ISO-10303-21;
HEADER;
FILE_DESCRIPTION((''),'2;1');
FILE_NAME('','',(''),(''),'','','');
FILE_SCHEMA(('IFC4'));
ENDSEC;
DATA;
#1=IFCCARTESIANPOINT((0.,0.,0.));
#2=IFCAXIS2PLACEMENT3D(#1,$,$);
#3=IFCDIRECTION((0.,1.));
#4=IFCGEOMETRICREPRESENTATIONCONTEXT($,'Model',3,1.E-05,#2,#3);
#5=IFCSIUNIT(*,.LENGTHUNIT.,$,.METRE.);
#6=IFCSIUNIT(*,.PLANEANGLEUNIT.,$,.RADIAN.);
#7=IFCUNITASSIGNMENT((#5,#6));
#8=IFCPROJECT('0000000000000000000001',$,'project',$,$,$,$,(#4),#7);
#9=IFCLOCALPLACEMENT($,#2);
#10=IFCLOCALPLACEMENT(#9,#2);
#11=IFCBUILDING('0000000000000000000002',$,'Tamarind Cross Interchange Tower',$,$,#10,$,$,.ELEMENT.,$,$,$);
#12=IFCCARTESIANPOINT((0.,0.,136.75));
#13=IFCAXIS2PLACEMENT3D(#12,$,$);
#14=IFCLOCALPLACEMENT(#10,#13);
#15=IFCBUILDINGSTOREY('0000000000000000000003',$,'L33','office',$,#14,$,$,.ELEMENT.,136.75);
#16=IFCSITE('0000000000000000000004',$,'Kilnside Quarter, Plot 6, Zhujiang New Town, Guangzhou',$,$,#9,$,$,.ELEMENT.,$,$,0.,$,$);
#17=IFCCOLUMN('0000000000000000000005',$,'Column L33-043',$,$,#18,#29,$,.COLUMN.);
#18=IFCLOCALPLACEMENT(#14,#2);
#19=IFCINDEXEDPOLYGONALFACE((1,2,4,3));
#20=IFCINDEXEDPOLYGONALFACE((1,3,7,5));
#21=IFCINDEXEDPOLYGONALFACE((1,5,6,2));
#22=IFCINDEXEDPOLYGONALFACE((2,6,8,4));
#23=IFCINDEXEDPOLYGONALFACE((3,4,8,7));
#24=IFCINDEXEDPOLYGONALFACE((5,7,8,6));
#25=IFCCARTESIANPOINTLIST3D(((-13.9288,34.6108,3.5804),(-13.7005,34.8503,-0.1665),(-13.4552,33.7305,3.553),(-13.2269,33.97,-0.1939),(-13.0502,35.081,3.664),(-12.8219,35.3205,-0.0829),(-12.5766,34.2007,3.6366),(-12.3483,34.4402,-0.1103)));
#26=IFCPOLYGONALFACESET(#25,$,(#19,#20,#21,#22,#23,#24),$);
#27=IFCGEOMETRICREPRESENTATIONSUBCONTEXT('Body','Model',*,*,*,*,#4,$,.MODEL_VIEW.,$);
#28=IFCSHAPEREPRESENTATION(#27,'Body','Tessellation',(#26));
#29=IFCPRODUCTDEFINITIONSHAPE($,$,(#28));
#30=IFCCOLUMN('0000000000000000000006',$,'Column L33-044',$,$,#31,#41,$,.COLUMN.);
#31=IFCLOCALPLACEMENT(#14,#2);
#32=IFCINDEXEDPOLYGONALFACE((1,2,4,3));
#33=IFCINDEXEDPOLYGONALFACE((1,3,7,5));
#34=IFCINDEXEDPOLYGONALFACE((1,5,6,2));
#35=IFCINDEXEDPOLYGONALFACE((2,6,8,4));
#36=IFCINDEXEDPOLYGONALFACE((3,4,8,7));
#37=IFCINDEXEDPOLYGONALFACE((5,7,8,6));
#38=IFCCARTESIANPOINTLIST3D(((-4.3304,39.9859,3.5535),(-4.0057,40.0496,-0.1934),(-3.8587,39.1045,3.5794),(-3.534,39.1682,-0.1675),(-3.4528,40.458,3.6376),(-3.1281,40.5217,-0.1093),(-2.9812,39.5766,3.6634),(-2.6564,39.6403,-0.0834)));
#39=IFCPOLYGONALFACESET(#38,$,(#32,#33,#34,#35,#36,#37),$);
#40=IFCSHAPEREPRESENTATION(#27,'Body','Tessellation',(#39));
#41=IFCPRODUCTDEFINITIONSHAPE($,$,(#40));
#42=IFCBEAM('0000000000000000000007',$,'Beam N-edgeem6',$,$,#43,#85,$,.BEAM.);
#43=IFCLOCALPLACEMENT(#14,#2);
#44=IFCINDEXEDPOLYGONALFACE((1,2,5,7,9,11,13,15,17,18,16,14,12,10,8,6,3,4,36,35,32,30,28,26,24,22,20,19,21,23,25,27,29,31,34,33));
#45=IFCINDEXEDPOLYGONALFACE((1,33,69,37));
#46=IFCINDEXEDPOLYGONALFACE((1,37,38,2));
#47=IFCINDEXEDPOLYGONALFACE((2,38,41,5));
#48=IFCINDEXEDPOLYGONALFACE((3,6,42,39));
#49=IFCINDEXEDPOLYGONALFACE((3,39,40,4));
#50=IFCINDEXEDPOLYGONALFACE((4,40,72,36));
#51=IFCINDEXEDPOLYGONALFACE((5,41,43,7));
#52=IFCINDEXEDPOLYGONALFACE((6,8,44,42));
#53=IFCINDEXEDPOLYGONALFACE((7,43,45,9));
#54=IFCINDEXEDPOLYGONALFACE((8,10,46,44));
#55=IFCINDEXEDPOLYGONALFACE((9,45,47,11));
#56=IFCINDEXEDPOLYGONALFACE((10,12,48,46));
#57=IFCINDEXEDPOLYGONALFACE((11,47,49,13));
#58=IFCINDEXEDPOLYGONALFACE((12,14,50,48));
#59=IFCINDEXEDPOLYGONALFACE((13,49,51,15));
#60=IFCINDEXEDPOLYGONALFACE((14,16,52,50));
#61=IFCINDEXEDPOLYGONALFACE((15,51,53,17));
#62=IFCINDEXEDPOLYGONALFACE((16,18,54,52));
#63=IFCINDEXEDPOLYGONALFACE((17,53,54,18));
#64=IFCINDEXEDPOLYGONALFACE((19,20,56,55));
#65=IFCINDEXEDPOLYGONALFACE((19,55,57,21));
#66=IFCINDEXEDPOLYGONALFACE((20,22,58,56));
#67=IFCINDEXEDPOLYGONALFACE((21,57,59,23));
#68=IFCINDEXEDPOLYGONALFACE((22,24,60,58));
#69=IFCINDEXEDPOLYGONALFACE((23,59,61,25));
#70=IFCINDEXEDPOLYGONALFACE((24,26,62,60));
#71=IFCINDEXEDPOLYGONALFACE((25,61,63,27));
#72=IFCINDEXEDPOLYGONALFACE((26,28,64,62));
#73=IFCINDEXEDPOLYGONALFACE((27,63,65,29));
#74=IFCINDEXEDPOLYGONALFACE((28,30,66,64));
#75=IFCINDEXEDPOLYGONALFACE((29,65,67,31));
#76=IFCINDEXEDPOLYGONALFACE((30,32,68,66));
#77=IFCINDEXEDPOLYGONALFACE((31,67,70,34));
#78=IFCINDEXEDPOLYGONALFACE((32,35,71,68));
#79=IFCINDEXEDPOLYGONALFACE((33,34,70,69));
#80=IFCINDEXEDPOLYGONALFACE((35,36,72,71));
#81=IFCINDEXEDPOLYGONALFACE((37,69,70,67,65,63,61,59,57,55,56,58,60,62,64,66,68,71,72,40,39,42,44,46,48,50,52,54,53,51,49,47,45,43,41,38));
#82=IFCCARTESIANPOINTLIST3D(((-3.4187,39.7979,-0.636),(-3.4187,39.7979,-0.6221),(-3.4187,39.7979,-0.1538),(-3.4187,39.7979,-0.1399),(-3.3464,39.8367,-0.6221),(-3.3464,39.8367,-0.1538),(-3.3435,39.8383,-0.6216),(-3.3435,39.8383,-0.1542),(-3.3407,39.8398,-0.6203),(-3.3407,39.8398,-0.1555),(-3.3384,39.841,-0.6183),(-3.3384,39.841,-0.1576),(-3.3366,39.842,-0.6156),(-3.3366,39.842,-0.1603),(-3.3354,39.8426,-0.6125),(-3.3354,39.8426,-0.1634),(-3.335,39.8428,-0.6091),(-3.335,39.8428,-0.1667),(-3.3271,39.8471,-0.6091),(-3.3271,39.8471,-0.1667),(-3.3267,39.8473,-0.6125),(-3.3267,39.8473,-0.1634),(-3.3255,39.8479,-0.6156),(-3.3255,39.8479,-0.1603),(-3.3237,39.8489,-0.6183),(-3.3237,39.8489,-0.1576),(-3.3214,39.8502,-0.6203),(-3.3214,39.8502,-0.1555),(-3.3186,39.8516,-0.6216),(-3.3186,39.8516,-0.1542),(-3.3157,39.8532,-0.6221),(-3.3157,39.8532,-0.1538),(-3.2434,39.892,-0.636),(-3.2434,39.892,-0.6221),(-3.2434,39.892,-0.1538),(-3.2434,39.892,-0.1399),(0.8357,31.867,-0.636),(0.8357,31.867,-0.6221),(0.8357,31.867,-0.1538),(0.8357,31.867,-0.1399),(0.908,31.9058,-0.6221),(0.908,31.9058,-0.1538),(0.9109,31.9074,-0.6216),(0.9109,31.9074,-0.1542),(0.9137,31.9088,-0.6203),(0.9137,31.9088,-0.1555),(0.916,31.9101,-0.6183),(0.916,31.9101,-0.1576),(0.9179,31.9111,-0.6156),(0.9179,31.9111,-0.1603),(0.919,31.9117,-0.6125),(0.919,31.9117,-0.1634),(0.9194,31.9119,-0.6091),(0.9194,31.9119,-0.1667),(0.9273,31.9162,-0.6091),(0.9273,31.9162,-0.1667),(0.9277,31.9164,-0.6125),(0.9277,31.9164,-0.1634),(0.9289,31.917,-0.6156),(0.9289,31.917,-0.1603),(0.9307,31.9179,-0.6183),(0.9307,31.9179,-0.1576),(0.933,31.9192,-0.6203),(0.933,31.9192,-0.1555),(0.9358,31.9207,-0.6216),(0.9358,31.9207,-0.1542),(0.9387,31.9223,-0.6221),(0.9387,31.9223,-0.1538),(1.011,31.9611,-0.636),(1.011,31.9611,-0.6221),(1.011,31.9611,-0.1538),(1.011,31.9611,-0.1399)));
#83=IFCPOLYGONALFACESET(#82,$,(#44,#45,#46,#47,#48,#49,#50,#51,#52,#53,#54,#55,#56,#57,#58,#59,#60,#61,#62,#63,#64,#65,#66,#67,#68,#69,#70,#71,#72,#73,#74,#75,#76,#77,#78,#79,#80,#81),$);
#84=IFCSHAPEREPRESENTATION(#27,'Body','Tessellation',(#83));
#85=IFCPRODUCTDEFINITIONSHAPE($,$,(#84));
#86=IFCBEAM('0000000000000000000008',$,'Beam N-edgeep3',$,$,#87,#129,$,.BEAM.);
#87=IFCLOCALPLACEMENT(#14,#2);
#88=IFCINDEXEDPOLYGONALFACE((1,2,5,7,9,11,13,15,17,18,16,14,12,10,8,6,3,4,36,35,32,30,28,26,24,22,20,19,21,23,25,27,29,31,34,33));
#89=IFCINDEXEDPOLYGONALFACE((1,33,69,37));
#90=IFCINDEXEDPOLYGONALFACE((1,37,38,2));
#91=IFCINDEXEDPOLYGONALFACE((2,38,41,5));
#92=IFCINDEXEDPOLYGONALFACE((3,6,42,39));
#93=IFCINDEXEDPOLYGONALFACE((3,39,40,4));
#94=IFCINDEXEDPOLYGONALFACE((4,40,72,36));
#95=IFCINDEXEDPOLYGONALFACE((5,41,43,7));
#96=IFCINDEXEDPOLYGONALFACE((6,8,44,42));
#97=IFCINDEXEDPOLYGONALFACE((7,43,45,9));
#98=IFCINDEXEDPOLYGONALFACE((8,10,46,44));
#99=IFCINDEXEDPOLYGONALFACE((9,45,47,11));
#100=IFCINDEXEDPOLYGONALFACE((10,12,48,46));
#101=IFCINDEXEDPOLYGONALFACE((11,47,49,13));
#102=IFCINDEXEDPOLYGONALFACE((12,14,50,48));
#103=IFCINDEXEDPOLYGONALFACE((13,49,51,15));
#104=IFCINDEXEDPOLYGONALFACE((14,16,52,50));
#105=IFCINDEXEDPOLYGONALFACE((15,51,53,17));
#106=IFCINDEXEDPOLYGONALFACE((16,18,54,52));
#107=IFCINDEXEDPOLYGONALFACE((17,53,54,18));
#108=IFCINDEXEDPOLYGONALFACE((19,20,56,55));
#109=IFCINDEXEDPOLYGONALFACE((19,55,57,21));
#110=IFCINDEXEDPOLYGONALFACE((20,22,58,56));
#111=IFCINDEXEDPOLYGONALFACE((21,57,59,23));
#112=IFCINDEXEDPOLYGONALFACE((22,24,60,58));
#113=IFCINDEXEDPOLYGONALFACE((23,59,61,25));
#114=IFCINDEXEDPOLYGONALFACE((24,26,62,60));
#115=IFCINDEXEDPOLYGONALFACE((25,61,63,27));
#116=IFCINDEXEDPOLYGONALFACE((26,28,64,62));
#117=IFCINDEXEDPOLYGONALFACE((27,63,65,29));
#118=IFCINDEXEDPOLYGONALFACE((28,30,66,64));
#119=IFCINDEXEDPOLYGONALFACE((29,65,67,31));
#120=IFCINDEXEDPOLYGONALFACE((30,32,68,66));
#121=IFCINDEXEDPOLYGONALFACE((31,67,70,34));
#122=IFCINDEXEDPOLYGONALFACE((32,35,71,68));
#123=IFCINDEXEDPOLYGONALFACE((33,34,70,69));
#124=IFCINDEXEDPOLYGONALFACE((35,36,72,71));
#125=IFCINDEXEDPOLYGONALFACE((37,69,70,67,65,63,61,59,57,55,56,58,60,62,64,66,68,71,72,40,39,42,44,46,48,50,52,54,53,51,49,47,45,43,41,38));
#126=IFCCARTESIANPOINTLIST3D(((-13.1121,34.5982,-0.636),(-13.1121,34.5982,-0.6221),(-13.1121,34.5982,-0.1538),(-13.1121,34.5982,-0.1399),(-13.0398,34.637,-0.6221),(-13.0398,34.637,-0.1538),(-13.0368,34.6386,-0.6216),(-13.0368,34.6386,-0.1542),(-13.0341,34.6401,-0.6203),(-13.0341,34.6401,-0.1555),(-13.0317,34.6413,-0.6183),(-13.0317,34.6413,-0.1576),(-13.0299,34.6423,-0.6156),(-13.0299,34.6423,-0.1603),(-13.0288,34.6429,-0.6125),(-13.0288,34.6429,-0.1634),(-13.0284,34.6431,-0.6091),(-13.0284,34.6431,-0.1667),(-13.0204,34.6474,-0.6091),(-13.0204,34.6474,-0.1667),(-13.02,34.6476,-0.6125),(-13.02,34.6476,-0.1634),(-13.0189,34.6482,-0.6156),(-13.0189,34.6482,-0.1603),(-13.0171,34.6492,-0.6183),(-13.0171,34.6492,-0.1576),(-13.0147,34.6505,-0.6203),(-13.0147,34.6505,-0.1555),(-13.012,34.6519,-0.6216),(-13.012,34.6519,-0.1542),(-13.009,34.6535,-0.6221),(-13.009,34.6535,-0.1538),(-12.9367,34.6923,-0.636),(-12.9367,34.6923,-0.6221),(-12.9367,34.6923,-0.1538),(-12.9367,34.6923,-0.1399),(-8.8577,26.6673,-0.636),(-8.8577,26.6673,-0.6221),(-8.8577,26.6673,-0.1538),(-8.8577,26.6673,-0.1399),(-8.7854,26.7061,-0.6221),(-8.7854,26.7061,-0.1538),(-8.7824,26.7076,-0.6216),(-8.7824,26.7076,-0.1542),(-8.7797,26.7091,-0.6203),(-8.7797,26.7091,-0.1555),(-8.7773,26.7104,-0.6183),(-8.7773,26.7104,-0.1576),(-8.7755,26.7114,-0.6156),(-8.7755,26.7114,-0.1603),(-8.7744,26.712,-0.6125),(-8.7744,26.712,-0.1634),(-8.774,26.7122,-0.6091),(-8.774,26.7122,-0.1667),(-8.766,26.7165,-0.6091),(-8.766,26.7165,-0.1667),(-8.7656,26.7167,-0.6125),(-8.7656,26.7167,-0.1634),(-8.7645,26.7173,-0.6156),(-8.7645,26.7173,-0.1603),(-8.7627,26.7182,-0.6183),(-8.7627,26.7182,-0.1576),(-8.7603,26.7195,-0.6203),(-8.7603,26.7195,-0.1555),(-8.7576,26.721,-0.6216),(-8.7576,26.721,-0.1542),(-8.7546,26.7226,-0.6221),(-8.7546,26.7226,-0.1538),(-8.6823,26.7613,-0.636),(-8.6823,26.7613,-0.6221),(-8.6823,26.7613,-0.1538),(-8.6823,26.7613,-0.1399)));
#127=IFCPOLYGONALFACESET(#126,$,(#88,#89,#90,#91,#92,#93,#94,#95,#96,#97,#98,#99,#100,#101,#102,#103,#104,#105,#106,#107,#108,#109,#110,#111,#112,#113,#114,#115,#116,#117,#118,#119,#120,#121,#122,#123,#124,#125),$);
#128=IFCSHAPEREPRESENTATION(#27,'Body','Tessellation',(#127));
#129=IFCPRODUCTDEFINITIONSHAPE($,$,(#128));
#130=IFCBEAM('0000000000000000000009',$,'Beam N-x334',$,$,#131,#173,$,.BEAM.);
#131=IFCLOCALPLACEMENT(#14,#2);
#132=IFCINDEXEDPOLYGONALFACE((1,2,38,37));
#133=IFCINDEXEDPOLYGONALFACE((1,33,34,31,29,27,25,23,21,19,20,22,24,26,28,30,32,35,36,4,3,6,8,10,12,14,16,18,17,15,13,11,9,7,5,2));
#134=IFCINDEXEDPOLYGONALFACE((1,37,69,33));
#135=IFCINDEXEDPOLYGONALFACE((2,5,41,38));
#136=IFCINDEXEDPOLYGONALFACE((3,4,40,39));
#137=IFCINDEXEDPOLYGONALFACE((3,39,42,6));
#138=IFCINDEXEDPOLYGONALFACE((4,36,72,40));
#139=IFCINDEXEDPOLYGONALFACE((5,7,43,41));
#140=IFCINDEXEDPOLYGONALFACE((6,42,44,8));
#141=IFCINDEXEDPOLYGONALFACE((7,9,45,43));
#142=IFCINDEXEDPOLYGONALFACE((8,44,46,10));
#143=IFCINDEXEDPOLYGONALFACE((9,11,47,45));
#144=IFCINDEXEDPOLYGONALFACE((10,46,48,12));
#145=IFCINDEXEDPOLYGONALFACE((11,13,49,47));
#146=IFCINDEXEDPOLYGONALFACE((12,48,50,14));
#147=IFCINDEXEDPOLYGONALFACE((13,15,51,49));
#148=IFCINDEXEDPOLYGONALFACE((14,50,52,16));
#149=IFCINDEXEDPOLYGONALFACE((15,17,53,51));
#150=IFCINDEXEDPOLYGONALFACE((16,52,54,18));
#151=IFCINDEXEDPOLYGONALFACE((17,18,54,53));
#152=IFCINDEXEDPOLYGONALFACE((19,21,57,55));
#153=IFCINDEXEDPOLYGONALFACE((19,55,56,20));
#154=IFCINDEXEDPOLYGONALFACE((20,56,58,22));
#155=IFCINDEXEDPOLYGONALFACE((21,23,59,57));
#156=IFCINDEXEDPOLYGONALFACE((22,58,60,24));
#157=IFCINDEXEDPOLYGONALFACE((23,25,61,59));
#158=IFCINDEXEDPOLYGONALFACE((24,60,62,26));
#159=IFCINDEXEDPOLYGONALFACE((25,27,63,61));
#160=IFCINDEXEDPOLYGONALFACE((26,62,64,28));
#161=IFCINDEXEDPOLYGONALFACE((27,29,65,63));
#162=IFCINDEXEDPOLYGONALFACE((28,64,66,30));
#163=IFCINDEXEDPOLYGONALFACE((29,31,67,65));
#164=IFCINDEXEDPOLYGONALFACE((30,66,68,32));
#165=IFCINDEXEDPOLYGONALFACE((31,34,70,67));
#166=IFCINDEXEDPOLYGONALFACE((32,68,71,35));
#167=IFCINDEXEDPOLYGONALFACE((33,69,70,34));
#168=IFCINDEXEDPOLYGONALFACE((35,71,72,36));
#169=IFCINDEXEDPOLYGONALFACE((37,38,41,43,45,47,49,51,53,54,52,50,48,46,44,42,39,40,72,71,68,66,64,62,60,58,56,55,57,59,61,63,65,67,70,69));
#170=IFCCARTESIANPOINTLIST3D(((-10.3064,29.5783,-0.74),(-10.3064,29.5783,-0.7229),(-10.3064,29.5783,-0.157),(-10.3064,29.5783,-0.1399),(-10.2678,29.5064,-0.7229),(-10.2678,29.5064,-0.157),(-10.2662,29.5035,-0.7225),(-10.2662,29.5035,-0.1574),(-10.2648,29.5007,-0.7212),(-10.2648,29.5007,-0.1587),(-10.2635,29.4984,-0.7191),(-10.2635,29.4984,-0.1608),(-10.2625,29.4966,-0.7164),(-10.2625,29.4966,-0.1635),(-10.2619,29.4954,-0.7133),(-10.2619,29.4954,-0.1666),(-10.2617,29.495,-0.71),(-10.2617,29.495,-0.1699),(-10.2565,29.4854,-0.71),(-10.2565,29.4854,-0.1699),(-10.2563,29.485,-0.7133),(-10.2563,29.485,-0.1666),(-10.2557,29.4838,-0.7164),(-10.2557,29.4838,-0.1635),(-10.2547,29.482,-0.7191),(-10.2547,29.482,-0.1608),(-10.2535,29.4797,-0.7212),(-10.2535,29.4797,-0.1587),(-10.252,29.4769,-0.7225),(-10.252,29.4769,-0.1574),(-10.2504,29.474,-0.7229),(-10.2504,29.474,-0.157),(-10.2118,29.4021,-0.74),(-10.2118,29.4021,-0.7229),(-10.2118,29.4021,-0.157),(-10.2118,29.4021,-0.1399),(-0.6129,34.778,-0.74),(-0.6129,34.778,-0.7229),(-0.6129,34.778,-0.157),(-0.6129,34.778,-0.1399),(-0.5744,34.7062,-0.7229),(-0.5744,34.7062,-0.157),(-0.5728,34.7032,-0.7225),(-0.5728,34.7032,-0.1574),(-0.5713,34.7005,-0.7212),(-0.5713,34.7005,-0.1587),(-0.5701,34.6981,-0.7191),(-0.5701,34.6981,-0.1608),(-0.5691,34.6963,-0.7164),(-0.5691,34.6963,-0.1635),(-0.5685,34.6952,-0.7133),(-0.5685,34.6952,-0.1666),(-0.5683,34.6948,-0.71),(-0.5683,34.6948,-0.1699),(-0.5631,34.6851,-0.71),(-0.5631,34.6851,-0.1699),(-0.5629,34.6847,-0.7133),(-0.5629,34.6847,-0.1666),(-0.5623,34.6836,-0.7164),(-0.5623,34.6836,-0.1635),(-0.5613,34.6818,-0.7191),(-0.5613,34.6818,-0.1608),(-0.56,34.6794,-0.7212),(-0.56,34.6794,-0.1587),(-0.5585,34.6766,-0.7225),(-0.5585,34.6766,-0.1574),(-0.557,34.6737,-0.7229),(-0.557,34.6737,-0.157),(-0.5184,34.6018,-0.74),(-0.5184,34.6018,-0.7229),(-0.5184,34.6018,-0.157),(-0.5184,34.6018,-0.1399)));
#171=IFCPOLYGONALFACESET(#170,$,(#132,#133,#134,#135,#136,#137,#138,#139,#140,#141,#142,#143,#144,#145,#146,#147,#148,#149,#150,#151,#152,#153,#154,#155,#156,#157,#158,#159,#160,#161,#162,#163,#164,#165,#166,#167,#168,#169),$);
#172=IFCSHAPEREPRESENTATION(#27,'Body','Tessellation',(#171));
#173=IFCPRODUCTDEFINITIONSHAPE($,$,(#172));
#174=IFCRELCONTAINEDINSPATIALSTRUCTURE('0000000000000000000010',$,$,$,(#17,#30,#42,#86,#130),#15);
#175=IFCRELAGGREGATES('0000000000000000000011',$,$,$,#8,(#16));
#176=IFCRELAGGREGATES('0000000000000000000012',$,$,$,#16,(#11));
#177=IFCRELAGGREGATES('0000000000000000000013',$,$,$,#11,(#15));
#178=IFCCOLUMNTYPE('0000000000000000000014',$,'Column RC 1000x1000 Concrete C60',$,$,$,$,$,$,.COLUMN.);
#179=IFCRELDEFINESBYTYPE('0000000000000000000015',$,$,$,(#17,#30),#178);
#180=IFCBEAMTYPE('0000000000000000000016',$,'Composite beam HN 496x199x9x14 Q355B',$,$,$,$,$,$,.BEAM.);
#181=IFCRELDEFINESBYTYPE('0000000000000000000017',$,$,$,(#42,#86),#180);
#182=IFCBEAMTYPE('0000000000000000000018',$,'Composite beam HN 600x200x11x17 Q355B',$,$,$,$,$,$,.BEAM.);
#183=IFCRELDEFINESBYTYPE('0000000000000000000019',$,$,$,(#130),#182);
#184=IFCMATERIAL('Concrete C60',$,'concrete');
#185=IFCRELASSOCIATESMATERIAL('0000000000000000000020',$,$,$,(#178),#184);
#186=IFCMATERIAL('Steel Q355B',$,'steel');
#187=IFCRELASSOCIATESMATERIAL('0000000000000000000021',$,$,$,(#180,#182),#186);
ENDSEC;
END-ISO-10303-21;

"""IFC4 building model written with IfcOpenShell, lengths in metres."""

from ifc_helpers import new_model, si_unit, direction, frame, origin, origin_2d, place, context, subcontext, project, spatial, rectangle, i_section, extrude, material, material_profile, profile_set, type_object, element, save


model = new_model("IFC4")

# Units and contexts
model_context = context("Model", 3, precision=1e-05, world=origin(), true_north=direction((0.0, 1.0)))
body_context = subcontext(model_context, "Body", "Model", "MODEL_VIEW")
ifc_project = project(units=[si_unit("LENGTHUNIT", "METRE"), si_unit("PLANEANGLEUNIT", "RADIAN")], contexts=[model_context])

# Site, building, storey
site_placement = place(None, origin())
site = spatial("IfcSite", under=ifc_project, at=site_placement, Name="Kilnside Quarter, Plot 6, Zhujiang New Town, Guangzhou", CompositionType="ELEMENT", RefElevation=0.0)
building_placement = place(site_placement, origin())
building = spatial("IfcBuilding", under=site, at=building_placement, Name="Tamarind Cross Interchange Tower", CompositionType="ELEMENT")
storey_placement = place(building_placement, frame((0.0, 0.0, 136.75)))
storey = spatial("IfcBuildingStorey", under=building, at=storey_placement, Name="L33", Description="office", CompositionType="ELEMENT", Elevation=136.75)

# Columns
ifc_material_1 = material(Name="Concrete C60", Category="concrete")
ifc_material_profile_1 = material_profile(ifc_material_1, rectangle(XDim=1.0, YDim=1.0, at=origin_2d()), Name="RC 1000x1000")
ifc_profile_set_1 = profile_set([ifc_material_profile_1], Name="Concrete C60")
column_type = type_object("IfcColumnType", Name="Column RC 1000x1000 Concrete C60", PredefinedType="COLUMN", material=ifc_profile_set_1)
for number, where, z_axis, x_axis, name in (
    (1, (-13.0244, 34.6453, -0.1384), (-0.060688, -0.063674, 0.996124), (0.878627, 0.470138, 0.083581), "Column L33-043"),
    (2, (-3.3311, 39.845, -0.1384), (-0.086326, -0.016941, 0.996123), (0.471688, -0.881385, 0.025888), "Column L33-044"),
):
    element("IfcColumn", number, at=place(storey_placement, frame(where, z_axis=z_axis, x_axis=x_axis)), inside=storey, type_object=column_type, Name=name, PredefinedType="COLUMN", context=body_context, shape_type="SweptSolid", body=[
        extrude(rectangle(XDim=1.0, YDim=1.0, at=origin_2d()), origin(), (0.0, 0.0, 1.0), 3.7615),
    ])

# Beams
ifc_material_2 = material(Name="Steel Q355B", Category="steel")
ifc_material_profile_2 = material_profile(ifc_material_2, i_section(OverallWidth=0.199, OverallDepth=0.4961, WebThickness=0.009, FlangeThickness=0.0139, FilletRadius=0.0129, at=origin_2d()), Name="HN 496x199x9x14")
ifc_profile_set_2 = profile_set([ifc_material_profile_2], Name="Steel Q355B")
beam_type_1 = type_object("IfcBeamType", Name="Composite beam HN 496x199x9x14 Q355B", PredefinedType="BEAM", material=ifc_profile_set_2)
for number, where, z_axis, x_axis, name in (
    (3, (-3.3311, 39.845, -0.3879), (0.472713, -0.881216, 0.0), (0.881216, 0.472713, 0.0), "Beam N-edgeem6"),
    (4, (-13.0244, 34.6453, -0.3879), (0.472713, -0.881216, 0.0), (0.881216, 0.472713, 0.0), "Beam N-edgeep3"),
):
    element("IfcBeam", number, at=place(storey_placement, frame(where, z_axis=z_axis, x_axis=x_axis)), inside=storey, type_object=beam_type_1, Name=name, PredefinedType="BEAM", context=body_context, shape_type="SweptSolid", body=[
        extrude(i_section(OverallWidth=0.199, OverallDepth=0.4961, WebThickness=0.009, FlangeThickness=0.0139, FilletRadius=0.0129, at=origin_2d()), origin(), (0.0, 0.0, 1.0), 9.0),
    ])
ifc_material_profile_3 = material_profile(ifc_material_2, i_section(OverallWidth=0.2, OverallDepth=0.6001, WebThickness=0.011, FlangeThickness=0.0171, FilletRadius=0.0129, at=origin_2d()), Name="HN 600x200x11x17")
ifc_profile_set_3 = profile_set([ifc_material_profile_3], Name="Steel Q355B")
beam_type_2 = type_object("IfcBeamType", Name="Composite beam HN 600x200x11x17 Q355B", PredefinedType="BEAM", material=ifc_profile_set_3)
beam_1_placement = place(storey_placement, frame((-0.5657, 34.6899, -0.4399), z_axis=(-0.881221, -0.472704, 0.0), x_axis=(0.472704, -0.881221, 0.0)))
element("IfcBeam", 5, at=beam_1_placement, inside=storey, type_object=beam_type_2, Name="Beam N-x334", PredefinedType="BEAM", context=body_context, shape_type="SweptSolid", body=[
    extrude(i_section(OverallWidth=0.2, OverallDepth=0.6001, WebThickness=0.011, FlangeThickness=0.0171, FilletRadius=0.0129, at=origin_2d()), origin(), (0.0, 0.0, 1.0), 11.0),
])

save(model, "model.ifc")
